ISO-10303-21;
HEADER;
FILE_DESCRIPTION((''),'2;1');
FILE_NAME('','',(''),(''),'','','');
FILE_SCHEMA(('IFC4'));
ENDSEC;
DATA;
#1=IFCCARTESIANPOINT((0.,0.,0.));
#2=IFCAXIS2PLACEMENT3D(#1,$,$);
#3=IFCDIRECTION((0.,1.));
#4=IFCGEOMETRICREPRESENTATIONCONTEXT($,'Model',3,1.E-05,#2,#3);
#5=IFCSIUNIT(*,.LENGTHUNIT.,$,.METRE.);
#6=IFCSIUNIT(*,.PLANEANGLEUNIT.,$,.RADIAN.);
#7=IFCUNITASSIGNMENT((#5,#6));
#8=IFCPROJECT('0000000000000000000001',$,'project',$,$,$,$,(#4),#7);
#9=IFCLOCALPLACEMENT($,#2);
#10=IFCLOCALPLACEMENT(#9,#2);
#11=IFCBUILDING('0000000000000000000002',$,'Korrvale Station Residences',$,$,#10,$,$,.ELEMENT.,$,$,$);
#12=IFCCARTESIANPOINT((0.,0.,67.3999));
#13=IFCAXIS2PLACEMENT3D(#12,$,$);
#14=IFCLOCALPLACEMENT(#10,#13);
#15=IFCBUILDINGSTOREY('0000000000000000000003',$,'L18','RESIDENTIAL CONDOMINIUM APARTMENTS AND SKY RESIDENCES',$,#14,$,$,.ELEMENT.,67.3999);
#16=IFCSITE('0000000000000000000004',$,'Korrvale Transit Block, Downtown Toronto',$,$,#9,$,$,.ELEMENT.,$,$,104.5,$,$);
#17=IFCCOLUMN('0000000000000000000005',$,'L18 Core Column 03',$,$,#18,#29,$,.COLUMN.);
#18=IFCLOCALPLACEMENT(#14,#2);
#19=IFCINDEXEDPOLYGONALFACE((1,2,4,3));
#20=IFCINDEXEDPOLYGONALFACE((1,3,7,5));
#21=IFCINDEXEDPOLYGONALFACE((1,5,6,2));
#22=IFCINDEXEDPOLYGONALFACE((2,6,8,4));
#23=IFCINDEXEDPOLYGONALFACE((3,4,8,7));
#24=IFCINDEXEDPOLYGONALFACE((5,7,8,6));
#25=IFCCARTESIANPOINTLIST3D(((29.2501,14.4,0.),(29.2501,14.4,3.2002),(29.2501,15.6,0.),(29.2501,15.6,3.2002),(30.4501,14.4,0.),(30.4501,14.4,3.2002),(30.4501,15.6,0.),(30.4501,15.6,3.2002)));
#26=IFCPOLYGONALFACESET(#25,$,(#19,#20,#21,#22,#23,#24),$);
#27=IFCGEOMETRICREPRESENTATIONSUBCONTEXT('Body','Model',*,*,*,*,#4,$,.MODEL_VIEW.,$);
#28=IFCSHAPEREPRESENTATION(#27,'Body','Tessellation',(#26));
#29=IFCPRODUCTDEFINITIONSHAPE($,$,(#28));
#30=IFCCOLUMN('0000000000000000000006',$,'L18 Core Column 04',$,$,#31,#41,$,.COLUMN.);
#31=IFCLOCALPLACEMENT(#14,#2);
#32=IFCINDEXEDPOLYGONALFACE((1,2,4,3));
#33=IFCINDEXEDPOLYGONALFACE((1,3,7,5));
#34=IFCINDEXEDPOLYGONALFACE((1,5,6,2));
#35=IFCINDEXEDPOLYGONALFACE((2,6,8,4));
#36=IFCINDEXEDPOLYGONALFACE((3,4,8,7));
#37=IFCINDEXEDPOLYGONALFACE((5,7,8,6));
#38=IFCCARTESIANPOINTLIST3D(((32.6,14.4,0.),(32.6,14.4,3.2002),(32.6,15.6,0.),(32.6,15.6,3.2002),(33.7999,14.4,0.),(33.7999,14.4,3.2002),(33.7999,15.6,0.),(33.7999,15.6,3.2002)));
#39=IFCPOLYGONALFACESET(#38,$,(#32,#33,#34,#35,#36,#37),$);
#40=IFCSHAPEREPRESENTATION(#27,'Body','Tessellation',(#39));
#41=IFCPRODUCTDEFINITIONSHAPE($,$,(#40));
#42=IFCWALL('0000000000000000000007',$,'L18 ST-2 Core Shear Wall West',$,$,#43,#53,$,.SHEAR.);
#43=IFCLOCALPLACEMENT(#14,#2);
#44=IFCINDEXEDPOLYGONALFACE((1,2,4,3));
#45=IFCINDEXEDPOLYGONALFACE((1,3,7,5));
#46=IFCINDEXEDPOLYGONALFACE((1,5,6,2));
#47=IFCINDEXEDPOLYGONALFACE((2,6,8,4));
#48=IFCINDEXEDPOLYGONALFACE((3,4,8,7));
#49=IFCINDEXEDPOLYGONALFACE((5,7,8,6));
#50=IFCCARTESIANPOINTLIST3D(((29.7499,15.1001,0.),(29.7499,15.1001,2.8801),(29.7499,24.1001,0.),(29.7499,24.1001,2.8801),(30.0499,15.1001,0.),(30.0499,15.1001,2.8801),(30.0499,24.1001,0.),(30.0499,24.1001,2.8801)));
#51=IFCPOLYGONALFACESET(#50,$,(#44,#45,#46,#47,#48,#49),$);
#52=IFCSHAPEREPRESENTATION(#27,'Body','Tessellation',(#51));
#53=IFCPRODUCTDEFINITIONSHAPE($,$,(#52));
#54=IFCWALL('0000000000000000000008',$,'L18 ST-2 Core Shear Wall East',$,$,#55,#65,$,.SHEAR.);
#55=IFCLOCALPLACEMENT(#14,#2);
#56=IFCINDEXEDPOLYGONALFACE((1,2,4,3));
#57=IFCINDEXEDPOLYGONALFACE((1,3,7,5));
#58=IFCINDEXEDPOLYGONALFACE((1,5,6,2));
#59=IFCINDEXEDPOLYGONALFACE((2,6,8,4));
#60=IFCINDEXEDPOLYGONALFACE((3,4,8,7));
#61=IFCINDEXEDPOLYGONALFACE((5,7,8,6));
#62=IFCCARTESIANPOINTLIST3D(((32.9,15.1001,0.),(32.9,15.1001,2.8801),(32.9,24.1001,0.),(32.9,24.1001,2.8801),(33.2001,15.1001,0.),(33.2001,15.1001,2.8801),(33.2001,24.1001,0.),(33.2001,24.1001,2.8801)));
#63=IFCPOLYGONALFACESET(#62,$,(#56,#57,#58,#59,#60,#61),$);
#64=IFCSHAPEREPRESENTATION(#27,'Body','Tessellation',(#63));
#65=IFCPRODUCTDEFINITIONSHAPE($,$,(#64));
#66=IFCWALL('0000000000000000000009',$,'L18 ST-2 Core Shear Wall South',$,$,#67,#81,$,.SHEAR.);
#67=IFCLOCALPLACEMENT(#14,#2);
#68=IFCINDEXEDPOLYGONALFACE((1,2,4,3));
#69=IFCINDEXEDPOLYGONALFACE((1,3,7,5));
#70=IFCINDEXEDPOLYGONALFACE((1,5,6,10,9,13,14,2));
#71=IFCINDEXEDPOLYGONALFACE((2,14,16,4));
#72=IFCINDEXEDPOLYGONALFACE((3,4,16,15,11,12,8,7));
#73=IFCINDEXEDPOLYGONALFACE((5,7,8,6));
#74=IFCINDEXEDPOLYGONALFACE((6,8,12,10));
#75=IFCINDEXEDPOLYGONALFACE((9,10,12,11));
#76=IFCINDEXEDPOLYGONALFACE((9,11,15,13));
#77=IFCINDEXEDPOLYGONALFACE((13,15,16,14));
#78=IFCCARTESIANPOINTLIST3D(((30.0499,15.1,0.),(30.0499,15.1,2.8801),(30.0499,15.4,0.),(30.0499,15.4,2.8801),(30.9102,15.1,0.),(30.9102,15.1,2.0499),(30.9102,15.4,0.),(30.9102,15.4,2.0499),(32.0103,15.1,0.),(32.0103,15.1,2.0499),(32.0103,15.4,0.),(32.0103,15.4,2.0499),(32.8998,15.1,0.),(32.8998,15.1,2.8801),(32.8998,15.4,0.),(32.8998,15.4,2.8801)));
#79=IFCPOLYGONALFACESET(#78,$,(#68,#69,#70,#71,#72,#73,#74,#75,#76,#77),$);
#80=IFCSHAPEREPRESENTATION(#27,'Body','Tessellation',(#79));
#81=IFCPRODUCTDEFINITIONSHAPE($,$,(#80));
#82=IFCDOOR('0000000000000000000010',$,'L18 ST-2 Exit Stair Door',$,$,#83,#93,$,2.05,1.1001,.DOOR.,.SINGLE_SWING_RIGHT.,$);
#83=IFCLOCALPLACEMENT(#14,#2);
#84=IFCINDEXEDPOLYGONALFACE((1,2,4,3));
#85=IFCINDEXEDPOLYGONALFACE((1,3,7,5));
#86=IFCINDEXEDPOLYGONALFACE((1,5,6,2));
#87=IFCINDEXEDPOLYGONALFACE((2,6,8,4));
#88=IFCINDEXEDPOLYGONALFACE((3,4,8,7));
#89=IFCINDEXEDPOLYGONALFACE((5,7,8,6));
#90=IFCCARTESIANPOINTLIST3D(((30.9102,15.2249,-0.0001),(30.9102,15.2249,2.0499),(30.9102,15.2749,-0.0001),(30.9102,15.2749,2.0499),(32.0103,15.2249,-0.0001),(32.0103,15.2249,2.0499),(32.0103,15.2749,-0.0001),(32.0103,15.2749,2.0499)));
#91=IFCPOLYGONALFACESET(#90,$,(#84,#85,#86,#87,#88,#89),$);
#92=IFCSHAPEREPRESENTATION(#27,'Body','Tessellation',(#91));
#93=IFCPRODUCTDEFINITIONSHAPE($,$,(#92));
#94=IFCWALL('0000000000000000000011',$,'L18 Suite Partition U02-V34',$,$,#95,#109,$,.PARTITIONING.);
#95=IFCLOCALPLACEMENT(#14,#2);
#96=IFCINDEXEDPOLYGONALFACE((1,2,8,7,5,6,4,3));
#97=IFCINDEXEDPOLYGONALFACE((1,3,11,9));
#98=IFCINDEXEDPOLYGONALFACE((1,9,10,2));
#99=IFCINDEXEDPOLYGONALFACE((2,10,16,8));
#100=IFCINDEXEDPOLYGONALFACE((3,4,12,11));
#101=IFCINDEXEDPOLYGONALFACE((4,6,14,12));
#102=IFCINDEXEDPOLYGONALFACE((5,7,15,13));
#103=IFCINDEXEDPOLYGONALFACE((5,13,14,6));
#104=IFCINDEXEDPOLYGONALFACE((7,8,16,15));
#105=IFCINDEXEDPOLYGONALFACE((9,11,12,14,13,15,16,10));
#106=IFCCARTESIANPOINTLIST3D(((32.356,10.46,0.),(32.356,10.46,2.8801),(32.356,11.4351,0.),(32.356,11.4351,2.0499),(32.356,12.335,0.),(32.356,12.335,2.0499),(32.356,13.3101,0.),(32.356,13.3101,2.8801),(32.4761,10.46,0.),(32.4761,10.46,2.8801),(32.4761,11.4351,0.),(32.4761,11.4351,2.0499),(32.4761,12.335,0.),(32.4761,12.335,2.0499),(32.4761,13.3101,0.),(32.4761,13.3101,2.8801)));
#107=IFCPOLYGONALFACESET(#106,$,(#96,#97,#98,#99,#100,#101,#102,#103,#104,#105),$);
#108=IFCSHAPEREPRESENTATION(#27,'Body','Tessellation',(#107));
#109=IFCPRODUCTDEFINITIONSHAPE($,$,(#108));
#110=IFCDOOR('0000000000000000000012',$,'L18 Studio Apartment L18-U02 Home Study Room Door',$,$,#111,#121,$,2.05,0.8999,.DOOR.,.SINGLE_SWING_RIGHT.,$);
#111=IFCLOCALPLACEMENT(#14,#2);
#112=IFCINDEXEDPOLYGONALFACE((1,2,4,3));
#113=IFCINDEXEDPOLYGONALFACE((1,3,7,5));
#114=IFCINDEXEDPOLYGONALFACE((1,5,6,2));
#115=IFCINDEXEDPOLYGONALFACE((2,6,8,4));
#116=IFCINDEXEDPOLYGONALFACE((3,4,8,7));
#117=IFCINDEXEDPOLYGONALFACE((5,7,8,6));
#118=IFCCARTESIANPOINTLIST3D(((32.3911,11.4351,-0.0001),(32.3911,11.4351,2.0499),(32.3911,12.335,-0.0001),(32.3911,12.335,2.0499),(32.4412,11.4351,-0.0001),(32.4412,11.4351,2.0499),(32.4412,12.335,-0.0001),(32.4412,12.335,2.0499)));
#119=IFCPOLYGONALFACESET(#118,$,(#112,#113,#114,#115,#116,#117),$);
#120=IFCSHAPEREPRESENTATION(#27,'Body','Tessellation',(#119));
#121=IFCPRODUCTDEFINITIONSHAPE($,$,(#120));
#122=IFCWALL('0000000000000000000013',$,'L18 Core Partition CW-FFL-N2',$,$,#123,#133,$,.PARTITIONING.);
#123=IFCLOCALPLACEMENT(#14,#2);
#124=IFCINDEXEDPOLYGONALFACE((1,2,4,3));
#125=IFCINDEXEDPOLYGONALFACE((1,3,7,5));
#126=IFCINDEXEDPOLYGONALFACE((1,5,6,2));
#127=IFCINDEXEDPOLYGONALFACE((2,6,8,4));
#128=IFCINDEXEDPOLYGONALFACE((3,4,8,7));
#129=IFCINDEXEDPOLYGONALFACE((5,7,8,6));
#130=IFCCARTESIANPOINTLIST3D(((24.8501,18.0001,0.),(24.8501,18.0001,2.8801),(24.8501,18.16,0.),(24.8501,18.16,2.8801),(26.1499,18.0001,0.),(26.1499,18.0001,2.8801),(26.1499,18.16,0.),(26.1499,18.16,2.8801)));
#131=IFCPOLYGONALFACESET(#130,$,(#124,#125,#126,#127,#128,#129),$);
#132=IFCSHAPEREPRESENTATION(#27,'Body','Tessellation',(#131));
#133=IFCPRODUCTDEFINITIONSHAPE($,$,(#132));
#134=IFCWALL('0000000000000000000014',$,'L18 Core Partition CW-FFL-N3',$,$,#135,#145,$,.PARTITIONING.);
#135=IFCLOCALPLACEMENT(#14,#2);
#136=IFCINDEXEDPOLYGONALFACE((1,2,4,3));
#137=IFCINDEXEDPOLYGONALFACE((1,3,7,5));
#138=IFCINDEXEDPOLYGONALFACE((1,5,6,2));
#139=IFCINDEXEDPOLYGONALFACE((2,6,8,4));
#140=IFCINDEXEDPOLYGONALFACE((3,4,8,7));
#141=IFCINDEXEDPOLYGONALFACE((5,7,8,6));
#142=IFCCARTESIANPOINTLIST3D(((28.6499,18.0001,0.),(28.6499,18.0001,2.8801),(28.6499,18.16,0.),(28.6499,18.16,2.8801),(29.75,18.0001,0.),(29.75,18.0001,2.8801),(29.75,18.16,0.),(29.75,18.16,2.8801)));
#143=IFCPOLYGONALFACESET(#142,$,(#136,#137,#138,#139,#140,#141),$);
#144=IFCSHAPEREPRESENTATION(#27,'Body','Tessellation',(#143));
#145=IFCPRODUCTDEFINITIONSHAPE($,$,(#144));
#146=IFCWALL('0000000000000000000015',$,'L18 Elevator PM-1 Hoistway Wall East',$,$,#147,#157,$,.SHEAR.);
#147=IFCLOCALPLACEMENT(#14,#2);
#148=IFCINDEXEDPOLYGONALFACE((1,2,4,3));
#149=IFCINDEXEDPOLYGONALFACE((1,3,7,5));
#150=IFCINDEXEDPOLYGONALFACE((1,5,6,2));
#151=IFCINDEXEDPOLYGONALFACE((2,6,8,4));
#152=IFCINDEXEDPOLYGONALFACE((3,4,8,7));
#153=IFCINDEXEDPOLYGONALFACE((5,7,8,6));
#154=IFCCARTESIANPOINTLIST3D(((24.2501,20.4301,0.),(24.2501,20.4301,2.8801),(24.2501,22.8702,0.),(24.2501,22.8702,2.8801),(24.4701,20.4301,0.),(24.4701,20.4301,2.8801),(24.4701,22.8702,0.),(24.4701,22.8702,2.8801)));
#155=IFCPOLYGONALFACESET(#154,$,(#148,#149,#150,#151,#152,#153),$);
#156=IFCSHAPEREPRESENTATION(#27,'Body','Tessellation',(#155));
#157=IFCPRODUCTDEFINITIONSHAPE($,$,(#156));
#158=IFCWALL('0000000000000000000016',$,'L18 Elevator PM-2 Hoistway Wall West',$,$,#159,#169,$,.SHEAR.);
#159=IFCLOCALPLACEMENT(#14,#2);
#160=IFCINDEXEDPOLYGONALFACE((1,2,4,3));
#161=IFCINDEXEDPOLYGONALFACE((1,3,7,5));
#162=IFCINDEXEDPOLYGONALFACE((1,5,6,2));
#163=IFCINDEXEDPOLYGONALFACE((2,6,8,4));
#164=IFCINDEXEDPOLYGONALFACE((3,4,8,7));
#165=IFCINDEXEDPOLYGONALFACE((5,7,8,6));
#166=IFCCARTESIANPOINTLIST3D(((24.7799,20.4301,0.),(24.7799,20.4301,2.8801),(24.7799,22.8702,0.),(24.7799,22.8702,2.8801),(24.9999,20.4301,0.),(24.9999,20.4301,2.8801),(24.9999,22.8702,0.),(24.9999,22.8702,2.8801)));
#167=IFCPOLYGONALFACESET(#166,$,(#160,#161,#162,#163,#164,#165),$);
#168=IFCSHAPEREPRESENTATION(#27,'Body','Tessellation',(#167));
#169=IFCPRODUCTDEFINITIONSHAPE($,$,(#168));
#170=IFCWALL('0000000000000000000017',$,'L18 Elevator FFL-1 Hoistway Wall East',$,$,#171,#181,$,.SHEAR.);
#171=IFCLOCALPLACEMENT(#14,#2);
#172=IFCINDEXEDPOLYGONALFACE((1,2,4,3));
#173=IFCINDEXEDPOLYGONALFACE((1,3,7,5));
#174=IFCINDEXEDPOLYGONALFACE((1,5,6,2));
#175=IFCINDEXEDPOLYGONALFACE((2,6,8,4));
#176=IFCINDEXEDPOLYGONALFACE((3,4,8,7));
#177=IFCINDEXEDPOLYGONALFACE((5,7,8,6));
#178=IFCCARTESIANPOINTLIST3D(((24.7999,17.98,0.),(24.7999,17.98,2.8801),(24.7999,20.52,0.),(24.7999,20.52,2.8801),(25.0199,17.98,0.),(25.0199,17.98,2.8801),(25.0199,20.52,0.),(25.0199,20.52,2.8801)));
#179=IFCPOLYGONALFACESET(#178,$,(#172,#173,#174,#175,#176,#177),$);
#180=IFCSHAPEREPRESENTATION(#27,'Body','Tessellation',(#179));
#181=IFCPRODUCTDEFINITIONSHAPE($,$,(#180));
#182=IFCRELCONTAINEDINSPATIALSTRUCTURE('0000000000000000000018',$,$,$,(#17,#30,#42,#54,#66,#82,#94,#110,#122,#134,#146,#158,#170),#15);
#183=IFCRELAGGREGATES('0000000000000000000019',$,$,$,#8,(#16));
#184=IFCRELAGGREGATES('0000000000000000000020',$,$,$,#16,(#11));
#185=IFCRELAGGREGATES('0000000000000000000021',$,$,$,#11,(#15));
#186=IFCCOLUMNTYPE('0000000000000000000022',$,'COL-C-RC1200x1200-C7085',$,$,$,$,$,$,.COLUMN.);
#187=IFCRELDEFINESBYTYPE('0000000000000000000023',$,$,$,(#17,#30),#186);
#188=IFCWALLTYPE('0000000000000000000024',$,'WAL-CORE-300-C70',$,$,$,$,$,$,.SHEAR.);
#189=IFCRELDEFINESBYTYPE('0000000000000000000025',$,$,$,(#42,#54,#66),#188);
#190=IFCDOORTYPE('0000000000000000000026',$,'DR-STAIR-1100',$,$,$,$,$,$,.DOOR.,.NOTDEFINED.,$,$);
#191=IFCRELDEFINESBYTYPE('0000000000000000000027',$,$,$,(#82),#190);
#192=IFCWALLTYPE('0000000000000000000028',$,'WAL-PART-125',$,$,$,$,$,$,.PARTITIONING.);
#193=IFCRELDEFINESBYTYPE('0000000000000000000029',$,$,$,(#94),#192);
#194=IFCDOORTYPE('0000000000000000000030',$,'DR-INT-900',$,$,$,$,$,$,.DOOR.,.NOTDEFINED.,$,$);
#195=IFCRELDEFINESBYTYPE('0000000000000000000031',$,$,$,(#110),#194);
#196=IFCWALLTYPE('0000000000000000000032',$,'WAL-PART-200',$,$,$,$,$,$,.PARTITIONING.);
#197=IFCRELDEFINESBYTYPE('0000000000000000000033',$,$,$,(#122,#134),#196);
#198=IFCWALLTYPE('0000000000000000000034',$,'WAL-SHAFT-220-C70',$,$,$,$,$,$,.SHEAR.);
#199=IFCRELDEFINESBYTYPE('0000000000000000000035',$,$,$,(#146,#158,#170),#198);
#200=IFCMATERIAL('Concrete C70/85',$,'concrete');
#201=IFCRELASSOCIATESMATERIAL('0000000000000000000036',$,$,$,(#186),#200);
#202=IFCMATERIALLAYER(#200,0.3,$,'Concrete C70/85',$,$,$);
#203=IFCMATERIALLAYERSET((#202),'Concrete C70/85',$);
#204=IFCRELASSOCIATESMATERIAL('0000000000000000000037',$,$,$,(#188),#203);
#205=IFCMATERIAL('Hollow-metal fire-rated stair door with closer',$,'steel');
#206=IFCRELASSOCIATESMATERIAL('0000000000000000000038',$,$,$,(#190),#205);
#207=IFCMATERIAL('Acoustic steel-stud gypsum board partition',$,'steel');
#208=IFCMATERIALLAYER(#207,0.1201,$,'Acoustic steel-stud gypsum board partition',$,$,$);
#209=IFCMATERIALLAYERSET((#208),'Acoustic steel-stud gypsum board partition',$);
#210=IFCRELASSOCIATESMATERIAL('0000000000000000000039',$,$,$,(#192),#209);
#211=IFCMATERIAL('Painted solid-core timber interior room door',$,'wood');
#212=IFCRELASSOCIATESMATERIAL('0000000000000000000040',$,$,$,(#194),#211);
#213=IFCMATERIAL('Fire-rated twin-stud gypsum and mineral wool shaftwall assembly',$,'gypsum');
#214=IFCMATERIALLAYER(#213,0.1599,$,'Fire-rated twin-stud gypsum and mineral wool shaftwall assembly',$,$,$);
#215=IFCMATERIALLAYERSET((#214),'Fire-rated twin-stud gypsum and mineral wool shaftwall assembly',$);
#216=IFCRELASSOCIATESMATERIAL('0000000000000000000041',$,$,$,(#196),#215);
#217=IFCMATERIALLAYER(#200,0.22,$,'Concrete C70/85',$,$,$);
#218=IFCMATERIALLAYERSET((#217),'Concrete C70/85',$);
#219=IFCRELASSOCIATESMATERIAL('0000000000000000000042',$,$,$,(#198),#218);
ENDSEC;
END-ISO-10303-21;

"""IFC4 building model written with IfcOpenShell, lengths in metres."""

from ifc_helpers import new_model, si_unit, direction, frame, frame_2d, origin, origin_2d, place, context, subcontext, project, spatial, rectangle, extrude, material, layer, layer_set, material_profile, profile_set, type_object, element, fill, save


model = new_model("IFC4")

# Units and contexts
model_context = context("Model", 3, precision=1e-05, world=origin(), true_north=direction((0.0, 1.0)))
body_context = subcontext(model_context, "Body", "Model", "MODEL_VIEW")
ifc_project = project(units=[si_unit("LENGTHUNIT", "METRE"), si_unit("PLANEANGLEUNIT", "RADIAN")], contexts=[model_context])

# Site, building, storey
site_placement = place(None, origin())
site = spatial("IfcSite", under=ifc_project, at=site_placement, Name="Korrvale Transit Block, Downtown Toronto", CompositionType="ELEMENT", RefElevation=104.5)
building_placement = place(site_placement, origin())
building = spatial("IfcBuilding", under=site, at=building_placement, Name="Korrvale Station Residences", CompositionType="ELEMENT")
storey_placement = place(building_placement, frame((0.0, 0.0, 67.3999)))
storey = spatial("IfcBuildingStorey", under=building, at=storey_placement, Name="L18", Description="RESIDENTIAL CONDOMINIUM APARTMENTS AND SKY RESIDENCES", CompositionType="ELEMENT", Elevation=67.3999)

# Columns
ifc_material_1 = material(Name="Concrete C70/85", Category="concrete")
ifc_material_profile = material_profile(ifc_material_1, rectangle(XDim=1.2, YDim=1.2, at=origin_2d()), Name="RC1200x1200")
ifc_profile_set = profile_set([ifc_material_profile], Name="Concrete C70/85")
column_type = type_object("IfcColumnType", Name="COL-C-RC1200x1200-C7085", PredefinedType="COLUMN", material=ifc_profile_set)
for number, where, z_axis, x_axis, name in (
    (1, (29.8501, 15.0, 0.0), (0.0, 0.0, 1.0), (1.0, 0.0, 0.0), "L18 Core Column 03"),
    (2, (33.2, 15.0, 0.0), (0.0, 0.0, 1.0), (1.0, 0.0, 0.0), "L18 Core Column 04"),
):
    element("IfcColumn", number, at=place(storey_placement, frame(where, z_axis=z_axis, x_axis=x_axis)), inside=storey, type_object=column_type, Name=name, PredefinedType="COLUMN", context=body_context, shape_type="SweptSolid", body=[
        extrude(rectangle(XDim=1.2, YDim=1.2, at=origin_2d()), origin(), (0.0, 0.0, 1.0), 3.2002),
    ])

# Walls
ifc_layer_1 = layer(ifc_material_1, 0.3, Name="Concrete C70/85")
ifc_layer_set_1 = layer_set([ifc_layer_1], Name="Concrete C70/85")
wall_type_1 = type_object("IfcWallType", Name="WAL-CORE-300-C70", PredefinedType="SHEAR", material=ifc_layer_set_1)
for number, where, z_axis, x_axis, name in (
    (3, (29.8999, 15.1001, 0.0), (0.0, 0.0, 1.0), (0.0, 1.0, 0.0), "L18 ST-2 Core Shear Wall West"),
    (4, (33.05, 15.1001, 0.0), (0.0, 0.0, 1.0), (0.0, 1.0, 0.0), "L18 ST-2 Core Shear Wall East"),
):
    element("IfcWall", number, at=place(storey_placement, frame(where, z_axis=z_axis, x_axis=x_axis)), inside=storey, type_object=wall_type_1, Name=name, PredefinedType="SHEAR", context=body_context, shape_type="SweptSolid", body=[
        extrude(rectangle(XDim=9.0, YDim=0.3, at=frame_2d((4.5, 0.0))), origin(), (0.0, 0.0, 1.0), 2.8801),
    ])

# Walls, openings, doors
wall_1_placement = place(storey_placement, frame((30.05, 15.25, 0.0), z_axis=(0.0, 0.0, 1.0), x_axis=(1.0, 0.0, 0.0)))
wall_1 = element("IfcWall", 5, at=wall_1_placement, inside=storey, type_object=wall_type_1, Name="L18 ST-2 Core Shear Wall South", PredefinedType="SHEAR", context=body_context, shape_type="SweptSolid", body=[
    extrude(rectangle(XDim=2.8499, YDim=0.3, at=frame_2d((1.4248, 0.0))), origin(), (0.0, 0.0, 1.0), 2.8801),
])
opening_1_placement = place(wall_1_placement, frame((0.8601, 0.0, 0.0)))
opening_1 = element("IfcOpeningElement", 6, at=opening_1_placement, cuts=wall_1, PredefinedType="OPENING", context=body_context, shape_type="SweptSolid", body=[
    extrude(rectangle(XDim=1.1001, YDim=2.05, at=frame_2d((0.55, 1.0249))), frame((0.0, 0.1602, 0.0), z_axis=(0.0, -1.0, 0.0), x_axis=(1.0, 0.0, 0.0)), (0.0, 0.0, 1.0), 0.3201),
])
ifc_material_2 = material(Name="Hollow-metal fire-rated stair door with closer", Category="steel")
door_type_1 = type_object("IfcDoorType", Name="DR-STAIR-1100", OperationType="NOTDEFINED", PredefinedType="DOOR", material=ifc_material_2)
door_1_placement = place(opening_1_placement, origin())
door_1 = element("IfcDoor", 7, at=door_1_placement, inside=storey, type_object=door_type_1, Name="L18 ST-2 Exit Stair Door", OperationType="SINGLE_SWING_RIGHT", OverallHeight=2.05, OverallWidth=1.1001, PredefinedType="DOOR", context=body_context, shape_type="SweptSolid", body=[
    extrude(rectangle(XDim=1.1001, YDim=2.05, at=frame_2d((0.55, 1.0249))), frame((0.0, 0.0249, 0.0), z_axis=(0.0, -1.0, 0.0), x_axis=(1.0, 0.0, 0.0)), (0.0, 0.0, 1.0), 0.05),
])
fill(opening_1, door_1)
ifc_material_3 = material(Name="Acoustic steel-stud gypsum board partition", Category="steel")
ifc_layer_2 = layer(ifc_material_3, 0.1201, Name="Acoustic steel-stud gypsum board partition")
ifc_layer_set_2 = layer_set([ifc_layer_2], Name="Acoustic steel-stud gypsum board partition")
wall_type_2 = type_object("IfcWallType", Name="WAL-PART-125", PredefinedType="PARTITIONING", material=ifc_layer_set_2)
wall_2_placement = place(storey_placement, frame((32.416, 10.46, 0.0), z_axis=(0.0, 0.0, 1.0), x_axis=(0.0, 1.0, 0.0)))
wall_2 = element("IfcWall", 8, at=wall_2_placement, inside=storey, type_object=wall_type_2, Name="L18 Suite Partition U02-V34", PredefinedType="PARTITIONING", context=body_context, shape_type="SweptSolid", body=[
    extrude(rectangle(XDim=2.8501, YDim=0.1201, at=frame_2d((1.425, 0.0))), origin(), (0.0, 0.0, 1.0), 2.8801),
])
opening_2_placement = place(wall_2_placement, frame((0.9751, 0.0, 0.0)))
opening_2 = element("IfcOpeningElement", 9, at=opening_2_placement, cuts=wall_2, PredefinedType="OPENING", context=body_context, shape_type="SweptSolid", body=[
    extrude(rectangle(XDim=0.8999, YDim=2.05, at=frame_2d((0.45, 1.0249))), frame((0.0, 0.0701, 0.0), z_axis=(0.0, -1.0, 0.0), x_axis=(1.0, 0.0, 0.0)), (0.0, 0.0, 1.0), 0.1401),
])
ifc_material_4 = material(Name="Painted solid-core timber interior room door", Category="wood")
door_type_2 = type_object("IfcDoorType", Name="DR-INT-900", OperationType="NOTDEFINED", PredefinedType="DOOR", material=ifc_material_4)
door_2_placement = place(opening_2_placement, origin())
door_2 = element("IfcDoor", 10, at=door_2_placement, inside=storey, type_object=door_type_2, Name="L18 Studio Apartment L18-U02 Home Study Room Door", OperationType="SINGLE_SWING_RIGHT", OverallHeight=2.05, OverallWidth=0.8999, PredefinedType="DOOR", context=body_context, shape_type="SweptSolid", body=[
    extrude(rectangle(XDim=0.8999, YDim=2.05, at=frame_2d((0.45, 1.0249))), frame((0.0, 0.0249, 0.0), z_axis=(0.0, -1.0, 0.0), x_axis=(1.0, 0.0, 0.0)), (0.0, 0.0, 1.0), 0.05),
])
fill(opening_2, door_2)

# Walls
ifc_material_5 = material(Name="Fire-rated twin-stud gypsum and mineral wool shaftwall assembly", Category="gypsum")
ifc_layer_3 = layer(ifc_material_5, 0.1599, Name="Fire-rated twin-stud gypsum and mineral wool shaftwall assembly")
ifc_layer_set_3 = layer_set([ifc_layer_3], Name="Fire-rated twin-stud gypsum and mineral wool shaftwall assembly")
wall_type_3 = type_object("IfcWallType", Name="WAL-PART-200", PredefinedType="PARTITIONING", material=ifc_layer_set_3)
wall_3_placement = place(storey_placement, frame((24.8501, 18.0801, 0.0), z_axis=(0.0, 0.0, 1.0), x_axis=(1.0, 0.0, 0.0)))
element("IfcWall", 11, at=wall_3_placement, inside=storey, type_object=wall_type_3, Name="L18 Core Partition CW-FFL-N2", PredefinedType="PARTITIONING", context=body_context, shape_type="SweptSolid", body=[
    extrude(rectangle(XDim=1.2998, YDim=0.1599, at=frame_2d((0.6499, 0.0))), origin(), (0.0, 0.0, 1.0), 2.8801),
])
wall_4_placement = place(storey_placement, frame((28.6499, 18.0801, 0.0), z_axis=(0.0, 0.0, 1.0), x_axis=(1.0, 0.0, 0.0)))
element("IfcWall", 12, at=wall_4_placement, inside=storey, type_object=wall_type_3, Name="L18 Core Partition CW-FFL-N3", PredefinedType="PARTITIONING", context=body_context, shape_type="SweptSolid", body=[
    extrude(rectangle(XDim=1.1001, YDim=0.1599, at=frame_2d((0.55, 0.0))), origin(), (0.0, 0.0, 1.0), 2.8801),
])
ifc_layer_4 = layer(ifc_material_1, 0.22, Name="Concrete C70/85")
ifc_layer_set_4 = layer_set([ifc_layer_4], Name="Concrete C70/85")
wall_type_4 = type_object("IfcWallType", Name="WAL-SHAFT-220-C70", PredefinedType="SHEAR", material=ifc_layer_set_4)
for number, where, z_axis, x_axis, name in (
    (13, (24.3601, 20.4299, 0.0), (0.0, 0.0, 1.0), (0.0, 1.0, 0.0), "L18 Elevator PM-1 Hoistway Wall East"),
    (14, (24.8899, 20.4299, 0.0), (0.0, 0.0, 1.0), (0.0, 1.0, 0.0), "L18 Elevator PM-2 Hoistway Wall West"),
):
    element("IfcWall", number, at=place(storey_placement, frame(where, z_axis=z_axis, x_axis=x_axis)), inside=storey, type_object=wall_type_4, Name=name, PredefinedType="SHEAR", context=body_context, shape_type="SweptSolid", body=[
        extrude(rectangle(XDim=2.4402, YDim=0.22, at=frame_2d((1.2202, 0.0))), origin(), (0.0, 0.0, 1.0), 2.8801),
    ])
wall_5_placement = place(storey_placement, frame((24.9099, 17.98, 0.0), z_axis=(0.0, 0.0, 1.0), x_axis=(0.0, 1.0, 0.0)))
element("IfcWall", 15, at=wall_5_placement, inside=storey, type_object=wall_type_4, Name="L18 Elevator FFL-1 Hoistway Wall East", PredefinedType="SHEAR", context=body_context, shape_type="SweptSolid", body=[
    extrude(rectangle(XDim=2.54, YDim=0.22, at=frame_2d((1.27, 0.0))), origin(), (0.0, 0.0, 1.0), 2.8801),
])

save(model, "model.ifc")
